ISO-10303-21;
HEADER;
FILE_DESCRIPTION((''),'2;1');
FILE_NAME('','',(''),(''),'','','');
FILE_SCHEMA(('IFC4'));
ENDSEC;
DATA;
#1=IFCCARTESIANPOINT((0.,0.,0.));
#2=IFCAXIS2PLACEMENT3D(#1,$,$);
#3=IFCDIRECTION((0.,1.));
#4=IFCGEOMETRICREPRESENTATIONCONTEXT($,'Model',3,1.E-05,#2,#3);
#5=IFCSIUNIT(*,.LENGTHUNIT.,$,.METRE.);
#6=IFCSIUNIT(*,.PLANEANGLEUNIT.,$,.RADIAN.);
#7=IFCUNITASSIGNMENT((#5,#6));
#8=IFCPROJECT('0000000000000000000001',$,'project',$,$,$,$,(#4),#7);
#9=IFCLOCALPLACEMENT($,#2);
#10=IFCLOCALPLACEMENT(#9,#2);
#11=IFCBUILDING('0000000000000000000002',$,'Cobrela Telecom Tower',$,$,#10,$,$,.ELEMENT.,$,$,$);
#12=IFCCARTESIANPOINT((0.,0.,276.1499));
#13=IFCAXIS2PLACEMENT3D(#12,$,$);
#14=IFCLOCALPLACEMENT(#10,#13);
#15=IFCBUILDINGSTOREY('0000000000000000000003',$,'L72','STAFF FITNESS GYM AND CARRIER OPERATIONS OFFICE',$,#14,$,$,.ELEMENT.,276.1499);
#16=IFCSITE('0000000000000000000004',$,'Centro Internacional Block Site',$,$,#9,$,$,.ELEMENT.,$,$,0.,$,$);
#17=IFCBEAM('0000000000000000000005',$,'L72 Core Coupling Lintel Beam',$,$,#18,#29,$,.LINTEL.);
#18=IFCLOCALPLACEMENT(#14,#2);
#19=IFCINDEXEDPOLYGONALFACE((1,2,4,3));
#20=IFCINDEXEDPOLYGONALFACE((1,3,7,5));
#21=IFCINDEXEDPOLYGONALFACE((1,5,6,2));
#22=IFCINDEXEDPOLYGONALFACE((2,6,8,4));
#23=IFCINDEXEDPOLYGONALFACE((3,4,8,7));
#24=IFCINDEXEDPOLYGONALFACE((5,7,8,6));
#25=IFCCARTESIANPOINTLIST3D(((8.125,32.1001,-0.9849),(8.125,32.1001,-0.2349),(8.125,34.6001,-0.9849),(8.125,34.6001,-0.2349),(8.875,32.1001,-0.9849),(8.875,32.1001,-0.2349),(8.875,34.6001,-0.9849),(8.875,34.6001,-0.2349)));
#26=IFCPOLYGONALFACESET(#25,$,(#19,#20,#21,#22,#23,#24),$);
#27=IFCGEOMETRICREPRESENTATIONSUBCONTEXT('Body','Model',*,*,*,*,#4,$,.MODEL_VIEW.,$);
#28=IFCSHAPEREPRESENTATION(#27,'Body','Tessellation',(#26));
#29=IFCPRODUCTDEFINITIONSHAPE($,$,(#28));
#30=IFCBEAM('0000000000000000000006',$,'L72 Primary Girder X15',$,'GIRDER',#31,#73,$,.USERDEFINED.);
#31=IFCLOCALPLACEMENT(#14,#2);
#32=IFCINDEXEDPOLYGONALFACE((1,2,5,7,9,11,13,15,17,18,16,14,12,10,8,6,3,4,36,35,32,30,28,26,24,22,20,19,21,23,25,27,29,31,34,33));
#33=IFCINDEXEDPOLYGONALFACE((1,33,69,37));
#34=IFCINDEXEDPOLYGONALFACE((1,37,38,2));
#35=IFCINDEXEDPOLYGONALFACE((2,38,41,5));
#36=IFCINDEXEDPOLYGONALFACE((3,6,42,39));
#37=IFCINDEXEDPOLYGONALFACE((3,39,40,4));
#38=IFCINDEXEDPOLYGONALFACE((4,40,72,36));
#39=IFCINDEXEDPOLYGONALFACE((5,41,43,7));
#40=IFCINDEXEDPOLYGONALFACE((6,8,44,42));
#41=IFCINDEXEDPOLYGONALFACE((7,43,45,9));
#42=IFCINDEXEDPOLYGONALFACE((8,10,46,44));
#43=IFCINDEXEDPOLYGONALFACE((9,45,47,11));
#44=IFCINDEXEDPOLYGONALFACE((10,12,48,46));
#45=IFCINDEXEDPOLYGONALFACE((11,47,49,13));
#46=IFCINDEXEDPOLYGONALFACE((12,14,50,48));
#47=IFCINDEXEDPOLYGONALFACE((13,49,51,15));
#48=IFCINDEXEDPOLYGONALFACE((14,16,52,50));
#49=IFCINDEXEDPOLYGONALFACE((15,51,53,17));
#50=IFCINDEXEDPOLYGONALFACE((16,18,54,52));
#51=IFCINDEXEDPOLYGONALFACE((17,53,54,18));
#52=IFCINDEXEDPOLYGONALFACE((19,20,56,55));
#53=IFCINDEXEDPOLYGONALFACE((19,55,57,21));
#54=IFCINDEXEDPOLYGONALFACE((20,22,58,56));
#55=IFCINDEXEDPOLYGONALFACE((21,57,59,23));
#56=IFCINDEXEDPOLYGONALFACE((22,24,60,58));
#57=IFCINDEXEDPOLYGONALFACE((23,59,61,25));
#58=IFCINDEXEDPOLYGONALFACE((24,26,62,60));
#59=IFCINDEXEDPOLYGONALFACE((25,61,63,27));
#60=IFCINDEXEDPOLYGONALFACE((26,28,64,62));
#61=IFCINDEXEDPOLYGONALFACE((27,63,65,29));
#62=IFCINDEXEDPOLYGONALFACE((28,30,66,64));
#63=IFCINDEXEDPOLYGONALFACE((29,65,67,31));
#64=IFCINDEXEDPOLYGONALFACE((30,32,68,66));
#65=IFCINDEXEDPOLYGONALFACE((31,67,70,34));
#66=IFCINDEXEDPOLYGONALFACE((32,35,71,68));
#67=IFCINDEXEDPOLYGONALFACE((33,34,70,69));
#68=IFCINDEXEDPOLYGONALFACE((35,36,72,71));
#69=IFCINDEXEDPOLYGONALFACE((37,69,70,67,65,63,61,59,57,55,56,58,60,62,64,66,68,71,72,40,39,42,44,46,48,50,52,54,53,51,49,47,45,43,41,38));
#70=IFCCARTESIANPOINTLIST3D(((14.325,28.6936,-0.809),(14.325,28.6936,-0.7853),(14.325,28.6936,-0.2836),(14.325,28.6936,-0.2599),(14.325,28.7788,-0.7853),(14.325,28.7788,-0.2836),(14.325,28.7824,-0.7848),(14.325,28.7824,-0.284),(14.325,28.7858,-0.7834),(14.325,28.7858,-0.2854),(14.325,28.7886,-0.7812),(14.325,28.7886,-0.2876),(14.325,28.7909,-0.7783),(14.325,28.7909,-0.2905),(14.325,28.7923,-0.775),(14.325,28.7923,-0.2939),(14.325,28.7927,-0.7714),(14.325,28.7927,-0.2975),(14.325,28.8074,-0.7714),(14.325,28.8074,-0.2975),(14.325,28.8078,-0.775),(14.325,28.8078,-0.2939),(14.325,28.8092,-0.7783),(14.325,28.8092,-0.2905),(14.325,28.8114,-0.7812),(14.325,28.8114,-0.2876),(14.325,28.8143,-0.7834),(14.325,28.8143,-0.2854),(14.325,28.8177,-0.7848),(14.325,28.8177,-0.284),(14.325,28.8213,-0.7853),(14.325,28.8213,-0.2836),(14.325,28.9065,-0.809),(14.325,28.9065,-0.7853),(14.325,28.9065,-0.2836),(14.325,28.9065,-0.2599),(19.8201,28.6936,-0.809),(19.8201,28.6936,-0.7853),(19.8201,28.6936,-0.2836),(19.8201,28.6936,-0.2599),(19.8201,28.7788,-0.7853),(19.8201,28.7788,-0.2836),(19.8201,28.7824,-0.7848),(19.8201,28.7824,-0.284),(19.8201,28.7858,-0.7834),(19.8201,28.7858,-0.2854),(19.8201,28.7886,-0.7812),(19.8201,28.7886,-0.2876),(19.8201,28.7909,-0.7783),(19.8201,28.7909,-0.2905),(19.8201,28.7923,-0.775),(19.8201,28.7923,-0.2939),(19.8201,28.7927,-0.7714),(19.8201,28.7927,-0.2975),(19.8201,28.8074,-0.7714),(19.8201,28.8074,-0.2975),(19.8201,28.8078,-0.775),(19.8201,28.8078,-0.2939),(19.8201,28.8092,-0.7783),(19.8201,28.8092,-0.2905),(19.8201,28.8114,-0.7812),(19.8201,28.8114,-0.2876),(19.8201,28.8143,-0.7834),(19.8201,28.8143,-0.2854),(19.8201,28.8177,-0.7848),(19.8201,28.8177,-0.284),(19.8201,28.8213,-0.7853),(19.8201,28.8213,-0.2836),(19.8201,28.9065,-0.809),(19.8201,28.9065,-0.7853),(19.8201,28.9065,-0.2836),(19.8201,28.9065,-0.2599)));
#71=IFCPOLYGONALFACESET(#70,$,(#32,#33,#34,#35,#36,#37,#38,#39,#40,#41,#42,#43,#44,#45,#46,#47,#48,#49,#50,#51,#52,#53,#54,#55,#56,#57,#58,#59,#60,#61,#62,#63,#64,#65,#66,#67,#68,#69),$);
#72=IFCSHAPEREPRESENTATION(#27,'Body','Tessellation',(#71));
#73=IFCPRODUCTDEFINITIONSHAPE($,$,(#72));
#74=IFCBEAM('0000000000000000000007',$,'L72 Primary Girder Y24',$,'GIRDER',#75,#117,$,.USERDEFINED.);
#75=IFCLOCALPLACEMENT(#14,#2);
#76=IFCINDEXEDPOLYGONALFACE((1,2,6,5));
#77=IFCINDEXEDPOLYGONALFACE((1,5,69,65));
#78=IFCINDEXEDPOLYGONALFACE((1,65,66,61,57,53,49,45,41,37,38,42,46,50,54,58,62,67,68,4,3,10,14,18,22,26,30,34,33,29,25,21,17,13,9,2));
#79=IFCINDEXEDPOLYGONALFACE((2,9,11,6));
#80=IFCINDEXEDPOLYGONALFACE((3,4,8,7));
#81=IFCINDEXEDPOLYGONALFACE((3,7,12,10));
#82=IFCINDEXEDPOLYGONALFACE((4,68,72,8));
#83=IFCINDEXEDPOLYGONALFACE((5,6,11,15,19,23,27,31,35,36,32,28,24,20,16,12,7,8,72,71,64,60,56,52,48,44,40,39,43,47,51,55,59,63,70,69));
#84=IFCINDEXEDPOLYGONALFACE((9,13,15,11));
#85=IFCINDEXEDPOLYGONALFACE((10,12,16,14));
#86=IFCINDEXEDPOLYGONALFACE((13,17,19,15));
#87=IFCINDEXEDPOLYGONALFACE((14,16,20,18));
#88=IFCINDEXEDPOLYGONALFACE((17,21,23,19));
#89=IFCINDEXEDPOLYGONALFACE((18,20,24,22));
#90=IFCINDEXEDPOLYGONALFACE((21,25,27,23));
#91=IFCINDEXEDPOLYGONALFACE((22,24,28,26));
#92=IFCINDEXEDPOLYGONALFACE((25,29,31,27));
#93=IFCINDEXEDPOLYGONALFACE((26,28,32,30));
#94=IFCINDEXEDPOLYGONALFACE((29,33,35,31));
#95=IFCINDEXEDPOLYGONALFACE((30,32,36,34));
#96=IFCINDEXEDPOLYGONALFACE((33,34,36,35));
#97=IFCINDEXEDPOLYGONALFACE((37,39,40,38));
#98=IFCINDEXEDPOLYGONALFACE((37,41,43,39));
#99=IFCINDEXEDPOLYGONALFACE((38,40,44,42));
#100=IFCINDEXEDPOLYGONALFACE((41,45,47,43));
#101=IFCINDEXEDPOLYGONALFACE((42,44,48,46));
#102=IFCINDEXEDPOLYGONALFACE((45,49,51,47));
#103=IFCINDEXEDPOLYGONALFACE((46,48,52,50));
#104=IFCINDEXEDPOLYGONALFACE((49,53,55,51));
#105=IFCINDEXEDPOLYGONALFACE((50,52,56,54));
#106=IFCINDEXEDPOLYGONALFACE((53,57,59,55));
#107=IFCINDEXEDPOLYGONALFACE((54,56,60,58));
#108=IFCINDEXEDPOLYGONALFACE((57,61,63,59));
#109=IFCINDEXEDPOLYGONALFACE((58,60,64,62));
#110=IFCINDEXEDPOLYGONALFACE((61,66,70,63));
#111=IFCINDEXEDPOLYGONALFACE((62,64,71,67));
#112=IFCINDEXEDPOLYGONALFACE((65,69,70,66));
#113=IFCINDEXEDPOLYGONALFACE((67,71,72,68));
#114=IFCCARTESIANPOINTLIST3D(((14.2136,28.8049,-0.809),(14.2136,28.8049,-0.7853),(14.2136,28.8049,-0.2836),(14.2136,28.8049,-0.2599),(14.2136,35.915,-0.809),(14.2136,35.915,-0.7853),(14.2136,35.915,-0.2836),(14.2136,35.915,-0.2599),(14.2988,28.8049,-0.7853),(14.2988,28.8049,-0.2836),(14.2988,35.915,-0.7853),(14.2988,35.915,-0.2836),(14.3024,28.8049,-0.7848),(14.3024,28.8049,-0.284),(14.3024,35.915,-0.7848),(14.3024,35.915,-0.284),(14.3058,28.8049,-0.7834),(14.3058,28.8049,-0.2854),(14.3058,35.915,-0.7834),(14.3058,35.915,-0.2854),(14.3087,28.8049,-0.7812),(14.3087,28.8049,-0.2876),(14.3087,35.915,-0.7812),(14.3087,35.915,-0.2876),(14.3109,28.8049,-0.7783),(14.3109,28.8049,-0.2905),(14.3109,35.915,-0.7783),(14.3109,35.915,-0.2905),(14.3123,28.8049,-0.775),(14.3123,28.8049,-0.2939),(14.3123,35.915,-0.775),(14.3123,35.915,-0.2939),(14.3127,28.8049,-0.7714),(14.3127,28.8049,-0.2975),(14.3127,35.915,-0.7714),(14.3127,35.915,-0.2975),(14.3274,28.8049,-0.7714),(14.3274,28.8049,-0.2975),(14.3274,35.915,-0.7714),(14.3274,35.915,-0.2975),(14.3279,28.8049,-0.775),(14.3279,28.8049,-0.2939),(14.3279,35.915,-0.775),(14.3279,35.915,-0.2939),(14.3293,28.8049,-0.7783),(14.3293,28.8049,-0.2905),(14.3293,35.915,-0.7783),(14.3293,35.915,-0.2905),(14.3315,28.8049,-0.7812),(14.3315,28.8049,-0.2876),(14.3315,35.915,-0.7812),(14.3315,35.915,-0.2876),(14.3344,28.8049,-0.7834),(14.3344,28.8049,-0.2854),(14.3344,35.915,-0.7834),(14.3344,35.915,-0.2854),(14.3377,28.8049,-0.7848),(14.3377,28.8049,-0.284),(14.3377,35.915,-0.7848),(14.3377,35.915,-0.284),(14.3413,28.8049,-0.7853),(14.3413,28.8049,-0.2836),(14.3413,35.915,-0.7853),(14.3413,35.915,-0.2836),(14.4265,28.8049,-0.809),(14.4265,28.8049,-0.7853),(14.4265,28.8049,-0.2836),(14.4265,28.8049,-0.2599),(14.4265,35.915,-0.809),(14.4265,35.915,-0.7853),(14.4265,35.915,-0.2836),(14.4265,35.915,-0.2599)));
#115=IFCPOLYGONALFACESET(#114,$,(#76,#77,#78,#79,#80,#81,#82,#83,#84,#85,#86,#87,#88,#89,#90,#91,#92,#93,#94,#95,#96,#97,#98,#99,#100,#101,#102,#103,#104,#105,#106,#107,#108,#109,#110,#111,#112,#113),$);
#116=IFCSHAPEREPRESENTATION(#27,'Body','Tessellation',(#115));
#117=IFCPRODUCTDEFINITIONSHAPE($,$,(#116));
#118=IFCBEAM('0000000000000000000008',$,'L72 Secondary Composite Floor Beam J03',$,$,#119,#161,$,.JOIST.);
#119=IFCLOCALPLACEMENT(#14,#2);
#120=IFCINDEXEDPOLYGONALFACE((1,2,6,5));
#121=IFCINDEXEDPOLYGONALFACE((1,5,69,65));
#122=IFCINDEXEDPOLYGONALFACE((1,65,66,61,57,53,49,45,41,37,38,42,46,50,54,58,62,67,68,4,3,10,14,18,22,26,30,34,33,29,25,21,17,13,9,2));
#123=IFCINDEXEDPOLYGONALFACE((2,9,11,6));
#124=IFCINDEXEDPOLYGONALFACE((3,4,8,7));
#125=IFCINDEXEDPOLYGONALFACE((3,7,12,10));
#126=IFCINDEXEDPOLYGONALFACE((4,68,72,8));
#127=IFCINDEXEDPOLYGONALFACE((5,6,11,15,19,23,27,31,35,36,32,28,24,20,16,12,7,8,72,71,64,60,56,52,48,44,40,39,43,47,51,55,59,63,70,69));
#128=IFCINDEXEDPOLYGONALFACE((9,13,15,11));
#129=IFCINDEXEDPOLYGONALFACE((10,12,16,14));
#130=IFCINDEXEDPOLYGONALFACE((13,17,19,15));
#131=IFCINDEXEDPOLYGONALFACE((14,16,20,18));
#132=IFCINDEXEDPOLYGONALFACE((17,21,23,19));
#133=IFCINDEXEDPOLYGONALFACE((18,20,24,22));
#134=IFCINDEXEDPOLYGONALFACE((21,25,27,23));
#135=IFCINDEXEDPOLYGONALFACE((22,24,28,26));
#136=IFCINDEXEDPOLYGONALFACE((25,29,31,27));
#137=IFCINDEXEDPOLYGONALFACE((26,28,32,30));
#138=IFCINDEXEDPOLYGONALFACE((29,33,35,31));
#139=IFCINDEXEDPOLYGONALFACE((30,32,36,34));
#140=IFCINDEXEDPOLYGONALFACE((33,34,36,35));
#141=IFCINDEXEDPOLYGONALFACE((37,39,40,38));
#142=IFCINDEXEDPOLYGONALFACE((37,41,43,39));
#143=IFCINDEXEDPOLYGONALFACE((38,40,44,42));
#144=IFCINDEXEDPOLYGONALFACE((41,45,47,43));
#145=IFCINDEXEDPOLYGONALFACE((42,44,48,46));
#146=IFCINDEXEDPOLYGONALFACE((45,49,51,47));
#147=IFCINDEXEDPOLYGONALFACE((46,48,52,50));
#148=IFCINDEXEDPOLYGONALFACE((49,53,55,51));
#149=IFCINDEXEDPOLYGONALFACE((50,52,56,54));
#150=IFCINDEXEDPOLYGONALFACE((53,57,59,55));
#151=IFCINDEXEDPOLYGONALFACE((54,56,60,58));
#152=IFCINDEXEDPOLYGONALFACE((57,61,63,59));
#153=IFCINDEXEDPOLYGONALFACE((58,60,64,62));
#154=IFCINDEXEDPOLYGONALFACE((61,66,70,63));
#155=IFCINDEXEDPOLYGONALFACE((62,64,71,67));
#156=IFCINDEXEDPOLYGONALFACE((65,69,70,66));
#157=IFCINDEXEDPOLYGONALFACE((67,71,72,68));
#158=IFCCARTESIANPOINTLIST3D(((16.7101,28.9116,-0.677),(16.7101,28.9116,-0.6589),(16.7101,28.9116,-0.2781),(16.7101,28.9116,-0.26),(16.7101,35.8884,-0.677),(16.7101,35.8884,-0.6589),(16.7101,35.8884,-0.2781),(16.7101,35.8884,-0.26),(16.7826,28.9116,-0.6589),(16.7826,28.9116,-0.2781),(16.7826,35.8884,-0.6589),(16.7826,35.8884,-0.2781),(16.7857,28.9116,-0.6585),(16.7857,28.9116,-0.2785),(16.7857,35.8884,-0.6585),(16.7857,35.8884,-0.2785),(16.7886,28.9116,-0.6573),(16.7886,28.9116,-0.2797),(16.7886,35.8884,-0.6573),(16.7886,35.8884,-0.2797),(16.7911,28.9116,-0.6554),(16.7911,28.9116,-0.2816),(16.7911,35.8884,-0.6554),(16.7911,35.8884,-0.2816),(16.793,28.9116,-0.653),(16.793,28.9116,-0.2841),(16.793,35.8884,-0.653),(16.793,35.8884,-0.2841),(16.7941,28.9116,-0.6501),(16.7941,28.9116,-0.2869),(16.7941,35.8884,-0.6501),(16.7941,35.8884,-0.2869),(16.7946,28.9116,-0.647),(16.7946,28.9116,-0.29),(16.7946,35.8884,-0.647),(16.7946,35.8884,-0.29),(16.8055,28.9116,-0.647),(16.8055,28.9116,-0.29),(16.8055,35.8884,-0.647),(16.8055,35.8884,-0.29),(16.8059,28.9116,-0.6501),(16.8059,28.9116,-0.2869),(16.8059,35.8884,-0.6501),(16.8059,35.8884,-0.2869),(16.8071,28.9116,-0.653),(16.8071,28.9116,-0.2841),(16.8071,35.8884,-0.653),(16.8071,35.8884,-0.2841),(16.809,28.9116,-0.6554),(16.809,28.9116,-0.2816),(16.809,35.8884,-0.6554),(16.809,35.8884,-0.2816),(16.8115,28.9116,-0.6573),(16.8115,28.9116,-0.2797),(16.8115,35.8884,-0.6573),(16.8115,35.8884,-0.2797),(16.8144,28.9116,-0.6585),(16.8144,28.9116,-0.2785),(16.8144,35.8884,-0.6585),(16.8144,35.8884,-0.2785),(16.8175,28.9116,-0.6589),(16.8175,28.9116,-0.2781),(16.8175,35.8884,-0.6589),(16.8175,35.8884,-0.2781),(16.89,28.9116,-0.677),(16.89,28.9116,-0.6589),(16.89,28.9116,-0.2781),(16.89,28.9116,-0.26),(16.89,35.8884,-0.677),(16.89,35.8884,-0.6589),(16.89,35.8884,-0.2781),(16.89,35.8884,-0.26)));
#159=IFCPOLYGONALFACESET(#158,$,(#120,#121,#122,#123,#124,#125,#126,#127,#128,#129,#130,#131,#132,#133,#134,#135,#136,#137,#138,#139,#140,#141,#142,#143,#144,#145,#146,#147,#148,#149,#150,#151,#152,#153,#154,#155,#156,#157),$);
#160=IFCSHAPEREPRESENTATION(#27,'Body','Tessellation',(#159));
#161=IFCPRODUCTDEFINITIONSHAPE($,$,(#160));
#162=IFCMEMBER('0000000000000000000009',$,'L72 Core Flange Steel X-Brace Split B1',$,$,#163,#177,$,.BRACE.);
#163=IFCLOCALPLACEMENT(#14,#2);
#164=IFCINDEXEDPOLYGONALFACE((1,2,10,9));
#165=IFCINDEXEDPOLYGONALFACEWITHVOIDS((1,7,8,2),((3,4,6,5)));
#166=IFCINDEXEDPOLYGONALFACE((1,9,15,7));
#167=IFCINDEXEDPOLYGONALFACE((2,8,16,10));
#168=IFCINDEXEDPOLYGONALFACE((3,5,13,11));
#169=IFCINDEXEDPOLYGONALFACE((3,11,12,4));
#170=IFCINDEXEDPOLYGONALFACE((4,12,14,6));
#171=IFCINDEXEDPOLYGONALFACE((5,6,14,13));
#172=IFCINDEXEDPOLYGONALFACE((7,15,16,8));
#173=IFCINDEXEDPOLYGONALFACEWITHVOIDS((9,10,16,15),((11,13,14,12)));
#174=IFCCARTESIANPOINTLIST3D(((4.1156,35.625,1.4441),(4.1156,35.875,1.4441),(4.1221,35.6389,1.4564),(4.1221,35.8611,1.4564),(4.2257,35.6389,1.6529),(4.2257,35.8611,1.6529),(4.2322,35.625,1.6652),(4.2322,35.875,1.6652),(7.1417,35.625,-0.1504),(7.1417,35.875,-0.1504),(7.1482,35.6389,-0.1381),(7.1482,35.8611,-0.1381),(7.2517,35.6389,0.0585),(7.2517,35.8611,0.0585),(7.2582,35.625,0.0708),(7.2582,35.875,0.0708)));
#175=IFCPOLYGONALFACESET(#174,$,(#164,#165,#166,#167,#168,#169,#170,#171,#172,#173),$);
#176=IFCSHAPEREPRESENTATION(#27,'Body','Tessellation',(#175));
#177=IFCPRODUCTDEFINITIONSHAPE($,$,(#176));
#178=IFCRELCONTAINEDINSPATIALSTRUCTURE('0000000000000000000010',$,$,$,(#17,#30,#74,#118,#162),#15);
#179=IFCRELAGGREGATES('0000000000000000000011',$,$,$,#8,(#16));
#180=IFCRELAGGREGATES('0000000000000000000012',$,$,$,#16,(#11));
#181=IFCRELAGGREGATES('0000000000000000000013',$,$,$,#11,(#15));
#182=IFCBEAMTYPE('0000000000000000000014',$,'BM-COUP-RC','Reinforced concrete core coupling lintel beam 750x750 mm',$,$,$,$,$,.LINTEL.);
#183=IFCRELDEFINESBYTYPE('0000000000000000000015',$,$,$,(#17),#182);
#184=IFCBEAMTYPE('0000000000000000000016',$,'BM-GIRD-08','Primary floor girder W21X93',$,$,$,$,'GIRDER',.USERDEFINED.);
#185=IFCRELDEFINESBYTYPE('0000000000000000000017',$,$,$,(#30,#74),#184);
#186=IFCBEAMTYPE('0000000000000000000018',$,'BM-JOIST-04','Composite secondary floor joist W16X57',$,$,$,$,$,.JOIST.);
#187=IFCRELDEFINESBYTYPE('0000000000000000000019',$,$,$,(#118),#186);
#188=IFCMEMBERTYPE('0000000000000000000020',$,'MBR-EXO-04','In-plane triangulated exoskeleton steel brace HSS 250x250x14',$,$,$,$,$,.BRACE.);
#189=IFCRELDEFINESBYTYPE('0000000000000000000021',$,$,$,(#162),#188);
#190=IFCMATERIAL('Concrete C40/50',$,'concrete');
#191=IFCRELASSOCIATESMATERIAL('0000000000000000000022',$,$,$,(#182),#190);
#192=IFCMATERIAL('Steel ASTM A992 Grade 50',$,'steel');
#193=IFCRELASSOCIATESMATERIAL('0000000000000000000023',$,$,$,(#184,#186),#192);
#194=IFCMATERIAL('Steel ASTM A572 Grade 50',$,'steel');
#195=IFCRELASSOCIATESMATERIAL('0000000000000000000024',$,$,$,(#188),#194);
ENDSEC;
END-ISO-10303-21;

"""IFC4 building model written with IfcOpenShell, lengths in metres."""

from ifc_helpers import new_model, si_unit, direction, frame, origin, origin_2d, place, context, subcontext, project, spatial, rectangle, hollow_rectangle, i_section, extrude, material, material_profile, profile_set, type_object, element, save


model = new_model("IFC4")

# Units and contexts
model_context = context("Model", 3, precision=1e-05, world=origin(), true_north=direction((0.0, 1.0)))
body_context = subcontext(model_context, "Body", "Model", "MODEL_VIEW")
ifc_project = project(units=[si_unit("LENGTHUNIT", "METRE"), si_unit("PLANEANGLEUNIT", "RADIAN")], contexts=[model_context])

# Site, building, storey
site_placement = place(None, origin())
site = spatial("IfcSite", under=ifc_project, at=site_placement, Name="Centro Internacional Block Site", CompositionType="ELEMENT", RefElevation=0.0)
building_placement = place(site_placement, origin())
building = spatial("IfcBuilding", under=site, at=building_placement, Name="Cobrela Telecom Tower", CompositionType="ELEMENT")
storey_placement = place(building_placement, frame((0.0, 0.0, 276.1499)))
storey = spatial("IfcBuildingStorey", under=building, at=storey_placement, Name="L72", Description="STAFF FITNESS GYM AND CARRIER OPERATIONS OFFICE", CompositionType="ELEMENT", Elevation=276.1499)

# Beams
ifc_material_1 = material(Name="Concrete C40/50", Category="concrete")
ifc_material_profile_1 = material_profile(ifc_material_1, rectangle(XDim=0.75, YDim=0.75, at=origin_2d()), Name="RC 750x750")
ifc_profile_set_1 = profile_set([ifc_material_profile_1], Name="Concrete C40/50")
beam_type_1 = type_object("IfcBeamType", Name="BM-COUP-RC", Description="Reinforced concrete core coupling lintel beam 750x750 mm", PredefinedType="LINTEL", material=ifc_profile_set_1)
beam_1_placement = place(storey_placement, frame((8.5, 32.1001, -0.6099), z_axis=(0.0, 1.0, 0.0), x_axis=(-1.0, 0.0, 0.0)))
element("IfcBeam", 1, at=beam_1_placement, inside=storey, type_object=beam_type_1, Name="L72 Core Coupling Lintel Beam", PredefinedType="LINTEL", context=body_context, shape_type="SweptSolid", body=[
    extrude(rectangle(XDim=0.75, YDim=0.75, at=origin_2d()), origin(), (0.0, 0.0, 1.0), 2.5),
])
ifc_material_2 = material(Name="Steel ASTM A992 Grade 50", Category="steel")
ifc_material_profile_2 = material_profile(ifc_material_2, i_section(OverallWidth=0.2129, OverallDepth=0.5491, WebThickness=0.0146, FlangeThickness=0.0237, FilletRadius=0.0139, at=origin_2d()), Name="W21X93")
ifc_profile_set_2 = profile_set([ifc_material_profile_2], Name="Steel ASTM A992 Grade 50")
beam_type_2 = type_object("IfcBeamType", Name="BM-GIRD-08", Description="Primary floor girder W21X93", ElementType="GIRDER", PredefinedType="USERDEFINED", material=ifc_profile_set_2)
beam_2_placement = place(storey_placement, frame((14.325, 28.8, -0.5344), z_axis=(1.0, 0.0, 0.0), x_axis=(0.0, 1.0, 0.0)))
element("IfcBeam", 2, at=beam_2_placement, inside=storey, type_object=beam_type_2, Name="L72 Primary Girder X15", ObjectType="GIRDER", PredefinedType="USERDEFINED", context=body_context, shape_type="SweptSolid", body=[
    extrude(i_section(OverallWidth=0.2129, OverallDepth=0.5491, WebThickness=0.0146, FlangeThickness=0.0237, FilletRadius=0.0139, at=origin_2d()), origin(), (0.0, 0.0, 1.0), 5.4951),
])
beam_3_placement = place(storey_placement, frame((14.3201, 28.8049, -0.5344), z_axis=(0.0, 1.0, 0.0), x_axis=(-1.0, 0.0, 0.0)))
element("IfcBeam", 3, at=beam_3_placement, inside=storey, type_object=beam_type_2, Name="L72 Primary Girder Y24", ObjectType="GIRDER", PredefinedType="USERDEFINED", context=body_context, shape_type="SweptSolid", body=[
    extrude(i_section(OverallWidth=0.2129, OverallDepth=0.5491, WebThickness=0.0146, FlangeThickness=0.0237, FilletRadius=0.0139, at=origin_2d()), origin(), (0.0, 0.0, 1.0), 7.1101),
])
ifc_material_profile_3 = material_profile(ifc_material_2, i_section(OverallWidth=0.1799, OverallDepth=0.417, WebThickness=0.011, FlangeThickness=0.0181, FilletRadius=0.012, at=origin_2d()), Name="W16X57")
ifc_profile_set_3 = profile_set([ifc_material_profile_3], Name="Steel ASTM A992 Grade 50")
beam_type_3 = type_object("IfcBeamType", Name="BM-JOIST-04", Description="Composite secondary floor joist W16X57", PredefinedType="JOIST", material=ifc_profile_set_3)
beam_4_placement = place(storey_placement, frame((16.8, 28.9116, -0.4685), z_axis=(0.0, 1.0, 0.0), x_axis=(-1.0, 0.0, 0.0)))
element("IfcBeam", 4, at=beam_4_placement, inside=storey, type_object=beam_type_3, Name="L72 Secondary Composite Floor Beam J03", PredefinedType="JOIST", context=body_context, shape_type="SweptSolid", body=[
    extrude(i_section(OverallWidth=0.1799, OverallDepth=0.417, WebThickness=0.011, FlangeThickness=0.0181, FilletRadius=0.012, at=origin_2d()), origin(), (0.0, 0.0, 1.0), 6.9768),
])

# Member
ifc_material_3 = material(Name="Steel ASTM A572 Grade 50", Category="steel")
ifc_material_profile_4 = material_profile(ifc_material_3, hollow_rectangle(XDim=0.25, YDim=0.25, WallThickness=0.0139, at=origin_2d()), Name="HSS 250x250x14")
ifc_profile_set_4 = profile_set([ifc_material_profile_4], Name="Steel ASTM A572 Grade 50")
member_type = type_object("IfcMemberType", Name="MBR-EXO-04", Description="In-plane triangulated exoskeleton steel brace HSS 250x250x14", PredefinedType="BRACE", material=ifc_profile_set_4)
member_1_placement = place(storey_placement, frame((7.2, 35.75, -0.0398), z_axis=(-0.884703, 0.0, 0.466155), x_axis=(0.0, -1.0, 0.0)))
element("IfcMember", 5, at=member_1_placement, inside=storey, type_object=member_type, Name="L72 Core Flange Steel X-Brace Split B1", PredefinedType="BRACE", context=body_context, shape_type="SweptSolid", body=[
    extrude(hollow_rectangle(XDim=0.25, YDim=0.25, WallThickness=0.0139, at=origin_2d()), origin(), (0.0, 0.0, 1.0), 3.4204),
])

save(model, "model.ifc")
